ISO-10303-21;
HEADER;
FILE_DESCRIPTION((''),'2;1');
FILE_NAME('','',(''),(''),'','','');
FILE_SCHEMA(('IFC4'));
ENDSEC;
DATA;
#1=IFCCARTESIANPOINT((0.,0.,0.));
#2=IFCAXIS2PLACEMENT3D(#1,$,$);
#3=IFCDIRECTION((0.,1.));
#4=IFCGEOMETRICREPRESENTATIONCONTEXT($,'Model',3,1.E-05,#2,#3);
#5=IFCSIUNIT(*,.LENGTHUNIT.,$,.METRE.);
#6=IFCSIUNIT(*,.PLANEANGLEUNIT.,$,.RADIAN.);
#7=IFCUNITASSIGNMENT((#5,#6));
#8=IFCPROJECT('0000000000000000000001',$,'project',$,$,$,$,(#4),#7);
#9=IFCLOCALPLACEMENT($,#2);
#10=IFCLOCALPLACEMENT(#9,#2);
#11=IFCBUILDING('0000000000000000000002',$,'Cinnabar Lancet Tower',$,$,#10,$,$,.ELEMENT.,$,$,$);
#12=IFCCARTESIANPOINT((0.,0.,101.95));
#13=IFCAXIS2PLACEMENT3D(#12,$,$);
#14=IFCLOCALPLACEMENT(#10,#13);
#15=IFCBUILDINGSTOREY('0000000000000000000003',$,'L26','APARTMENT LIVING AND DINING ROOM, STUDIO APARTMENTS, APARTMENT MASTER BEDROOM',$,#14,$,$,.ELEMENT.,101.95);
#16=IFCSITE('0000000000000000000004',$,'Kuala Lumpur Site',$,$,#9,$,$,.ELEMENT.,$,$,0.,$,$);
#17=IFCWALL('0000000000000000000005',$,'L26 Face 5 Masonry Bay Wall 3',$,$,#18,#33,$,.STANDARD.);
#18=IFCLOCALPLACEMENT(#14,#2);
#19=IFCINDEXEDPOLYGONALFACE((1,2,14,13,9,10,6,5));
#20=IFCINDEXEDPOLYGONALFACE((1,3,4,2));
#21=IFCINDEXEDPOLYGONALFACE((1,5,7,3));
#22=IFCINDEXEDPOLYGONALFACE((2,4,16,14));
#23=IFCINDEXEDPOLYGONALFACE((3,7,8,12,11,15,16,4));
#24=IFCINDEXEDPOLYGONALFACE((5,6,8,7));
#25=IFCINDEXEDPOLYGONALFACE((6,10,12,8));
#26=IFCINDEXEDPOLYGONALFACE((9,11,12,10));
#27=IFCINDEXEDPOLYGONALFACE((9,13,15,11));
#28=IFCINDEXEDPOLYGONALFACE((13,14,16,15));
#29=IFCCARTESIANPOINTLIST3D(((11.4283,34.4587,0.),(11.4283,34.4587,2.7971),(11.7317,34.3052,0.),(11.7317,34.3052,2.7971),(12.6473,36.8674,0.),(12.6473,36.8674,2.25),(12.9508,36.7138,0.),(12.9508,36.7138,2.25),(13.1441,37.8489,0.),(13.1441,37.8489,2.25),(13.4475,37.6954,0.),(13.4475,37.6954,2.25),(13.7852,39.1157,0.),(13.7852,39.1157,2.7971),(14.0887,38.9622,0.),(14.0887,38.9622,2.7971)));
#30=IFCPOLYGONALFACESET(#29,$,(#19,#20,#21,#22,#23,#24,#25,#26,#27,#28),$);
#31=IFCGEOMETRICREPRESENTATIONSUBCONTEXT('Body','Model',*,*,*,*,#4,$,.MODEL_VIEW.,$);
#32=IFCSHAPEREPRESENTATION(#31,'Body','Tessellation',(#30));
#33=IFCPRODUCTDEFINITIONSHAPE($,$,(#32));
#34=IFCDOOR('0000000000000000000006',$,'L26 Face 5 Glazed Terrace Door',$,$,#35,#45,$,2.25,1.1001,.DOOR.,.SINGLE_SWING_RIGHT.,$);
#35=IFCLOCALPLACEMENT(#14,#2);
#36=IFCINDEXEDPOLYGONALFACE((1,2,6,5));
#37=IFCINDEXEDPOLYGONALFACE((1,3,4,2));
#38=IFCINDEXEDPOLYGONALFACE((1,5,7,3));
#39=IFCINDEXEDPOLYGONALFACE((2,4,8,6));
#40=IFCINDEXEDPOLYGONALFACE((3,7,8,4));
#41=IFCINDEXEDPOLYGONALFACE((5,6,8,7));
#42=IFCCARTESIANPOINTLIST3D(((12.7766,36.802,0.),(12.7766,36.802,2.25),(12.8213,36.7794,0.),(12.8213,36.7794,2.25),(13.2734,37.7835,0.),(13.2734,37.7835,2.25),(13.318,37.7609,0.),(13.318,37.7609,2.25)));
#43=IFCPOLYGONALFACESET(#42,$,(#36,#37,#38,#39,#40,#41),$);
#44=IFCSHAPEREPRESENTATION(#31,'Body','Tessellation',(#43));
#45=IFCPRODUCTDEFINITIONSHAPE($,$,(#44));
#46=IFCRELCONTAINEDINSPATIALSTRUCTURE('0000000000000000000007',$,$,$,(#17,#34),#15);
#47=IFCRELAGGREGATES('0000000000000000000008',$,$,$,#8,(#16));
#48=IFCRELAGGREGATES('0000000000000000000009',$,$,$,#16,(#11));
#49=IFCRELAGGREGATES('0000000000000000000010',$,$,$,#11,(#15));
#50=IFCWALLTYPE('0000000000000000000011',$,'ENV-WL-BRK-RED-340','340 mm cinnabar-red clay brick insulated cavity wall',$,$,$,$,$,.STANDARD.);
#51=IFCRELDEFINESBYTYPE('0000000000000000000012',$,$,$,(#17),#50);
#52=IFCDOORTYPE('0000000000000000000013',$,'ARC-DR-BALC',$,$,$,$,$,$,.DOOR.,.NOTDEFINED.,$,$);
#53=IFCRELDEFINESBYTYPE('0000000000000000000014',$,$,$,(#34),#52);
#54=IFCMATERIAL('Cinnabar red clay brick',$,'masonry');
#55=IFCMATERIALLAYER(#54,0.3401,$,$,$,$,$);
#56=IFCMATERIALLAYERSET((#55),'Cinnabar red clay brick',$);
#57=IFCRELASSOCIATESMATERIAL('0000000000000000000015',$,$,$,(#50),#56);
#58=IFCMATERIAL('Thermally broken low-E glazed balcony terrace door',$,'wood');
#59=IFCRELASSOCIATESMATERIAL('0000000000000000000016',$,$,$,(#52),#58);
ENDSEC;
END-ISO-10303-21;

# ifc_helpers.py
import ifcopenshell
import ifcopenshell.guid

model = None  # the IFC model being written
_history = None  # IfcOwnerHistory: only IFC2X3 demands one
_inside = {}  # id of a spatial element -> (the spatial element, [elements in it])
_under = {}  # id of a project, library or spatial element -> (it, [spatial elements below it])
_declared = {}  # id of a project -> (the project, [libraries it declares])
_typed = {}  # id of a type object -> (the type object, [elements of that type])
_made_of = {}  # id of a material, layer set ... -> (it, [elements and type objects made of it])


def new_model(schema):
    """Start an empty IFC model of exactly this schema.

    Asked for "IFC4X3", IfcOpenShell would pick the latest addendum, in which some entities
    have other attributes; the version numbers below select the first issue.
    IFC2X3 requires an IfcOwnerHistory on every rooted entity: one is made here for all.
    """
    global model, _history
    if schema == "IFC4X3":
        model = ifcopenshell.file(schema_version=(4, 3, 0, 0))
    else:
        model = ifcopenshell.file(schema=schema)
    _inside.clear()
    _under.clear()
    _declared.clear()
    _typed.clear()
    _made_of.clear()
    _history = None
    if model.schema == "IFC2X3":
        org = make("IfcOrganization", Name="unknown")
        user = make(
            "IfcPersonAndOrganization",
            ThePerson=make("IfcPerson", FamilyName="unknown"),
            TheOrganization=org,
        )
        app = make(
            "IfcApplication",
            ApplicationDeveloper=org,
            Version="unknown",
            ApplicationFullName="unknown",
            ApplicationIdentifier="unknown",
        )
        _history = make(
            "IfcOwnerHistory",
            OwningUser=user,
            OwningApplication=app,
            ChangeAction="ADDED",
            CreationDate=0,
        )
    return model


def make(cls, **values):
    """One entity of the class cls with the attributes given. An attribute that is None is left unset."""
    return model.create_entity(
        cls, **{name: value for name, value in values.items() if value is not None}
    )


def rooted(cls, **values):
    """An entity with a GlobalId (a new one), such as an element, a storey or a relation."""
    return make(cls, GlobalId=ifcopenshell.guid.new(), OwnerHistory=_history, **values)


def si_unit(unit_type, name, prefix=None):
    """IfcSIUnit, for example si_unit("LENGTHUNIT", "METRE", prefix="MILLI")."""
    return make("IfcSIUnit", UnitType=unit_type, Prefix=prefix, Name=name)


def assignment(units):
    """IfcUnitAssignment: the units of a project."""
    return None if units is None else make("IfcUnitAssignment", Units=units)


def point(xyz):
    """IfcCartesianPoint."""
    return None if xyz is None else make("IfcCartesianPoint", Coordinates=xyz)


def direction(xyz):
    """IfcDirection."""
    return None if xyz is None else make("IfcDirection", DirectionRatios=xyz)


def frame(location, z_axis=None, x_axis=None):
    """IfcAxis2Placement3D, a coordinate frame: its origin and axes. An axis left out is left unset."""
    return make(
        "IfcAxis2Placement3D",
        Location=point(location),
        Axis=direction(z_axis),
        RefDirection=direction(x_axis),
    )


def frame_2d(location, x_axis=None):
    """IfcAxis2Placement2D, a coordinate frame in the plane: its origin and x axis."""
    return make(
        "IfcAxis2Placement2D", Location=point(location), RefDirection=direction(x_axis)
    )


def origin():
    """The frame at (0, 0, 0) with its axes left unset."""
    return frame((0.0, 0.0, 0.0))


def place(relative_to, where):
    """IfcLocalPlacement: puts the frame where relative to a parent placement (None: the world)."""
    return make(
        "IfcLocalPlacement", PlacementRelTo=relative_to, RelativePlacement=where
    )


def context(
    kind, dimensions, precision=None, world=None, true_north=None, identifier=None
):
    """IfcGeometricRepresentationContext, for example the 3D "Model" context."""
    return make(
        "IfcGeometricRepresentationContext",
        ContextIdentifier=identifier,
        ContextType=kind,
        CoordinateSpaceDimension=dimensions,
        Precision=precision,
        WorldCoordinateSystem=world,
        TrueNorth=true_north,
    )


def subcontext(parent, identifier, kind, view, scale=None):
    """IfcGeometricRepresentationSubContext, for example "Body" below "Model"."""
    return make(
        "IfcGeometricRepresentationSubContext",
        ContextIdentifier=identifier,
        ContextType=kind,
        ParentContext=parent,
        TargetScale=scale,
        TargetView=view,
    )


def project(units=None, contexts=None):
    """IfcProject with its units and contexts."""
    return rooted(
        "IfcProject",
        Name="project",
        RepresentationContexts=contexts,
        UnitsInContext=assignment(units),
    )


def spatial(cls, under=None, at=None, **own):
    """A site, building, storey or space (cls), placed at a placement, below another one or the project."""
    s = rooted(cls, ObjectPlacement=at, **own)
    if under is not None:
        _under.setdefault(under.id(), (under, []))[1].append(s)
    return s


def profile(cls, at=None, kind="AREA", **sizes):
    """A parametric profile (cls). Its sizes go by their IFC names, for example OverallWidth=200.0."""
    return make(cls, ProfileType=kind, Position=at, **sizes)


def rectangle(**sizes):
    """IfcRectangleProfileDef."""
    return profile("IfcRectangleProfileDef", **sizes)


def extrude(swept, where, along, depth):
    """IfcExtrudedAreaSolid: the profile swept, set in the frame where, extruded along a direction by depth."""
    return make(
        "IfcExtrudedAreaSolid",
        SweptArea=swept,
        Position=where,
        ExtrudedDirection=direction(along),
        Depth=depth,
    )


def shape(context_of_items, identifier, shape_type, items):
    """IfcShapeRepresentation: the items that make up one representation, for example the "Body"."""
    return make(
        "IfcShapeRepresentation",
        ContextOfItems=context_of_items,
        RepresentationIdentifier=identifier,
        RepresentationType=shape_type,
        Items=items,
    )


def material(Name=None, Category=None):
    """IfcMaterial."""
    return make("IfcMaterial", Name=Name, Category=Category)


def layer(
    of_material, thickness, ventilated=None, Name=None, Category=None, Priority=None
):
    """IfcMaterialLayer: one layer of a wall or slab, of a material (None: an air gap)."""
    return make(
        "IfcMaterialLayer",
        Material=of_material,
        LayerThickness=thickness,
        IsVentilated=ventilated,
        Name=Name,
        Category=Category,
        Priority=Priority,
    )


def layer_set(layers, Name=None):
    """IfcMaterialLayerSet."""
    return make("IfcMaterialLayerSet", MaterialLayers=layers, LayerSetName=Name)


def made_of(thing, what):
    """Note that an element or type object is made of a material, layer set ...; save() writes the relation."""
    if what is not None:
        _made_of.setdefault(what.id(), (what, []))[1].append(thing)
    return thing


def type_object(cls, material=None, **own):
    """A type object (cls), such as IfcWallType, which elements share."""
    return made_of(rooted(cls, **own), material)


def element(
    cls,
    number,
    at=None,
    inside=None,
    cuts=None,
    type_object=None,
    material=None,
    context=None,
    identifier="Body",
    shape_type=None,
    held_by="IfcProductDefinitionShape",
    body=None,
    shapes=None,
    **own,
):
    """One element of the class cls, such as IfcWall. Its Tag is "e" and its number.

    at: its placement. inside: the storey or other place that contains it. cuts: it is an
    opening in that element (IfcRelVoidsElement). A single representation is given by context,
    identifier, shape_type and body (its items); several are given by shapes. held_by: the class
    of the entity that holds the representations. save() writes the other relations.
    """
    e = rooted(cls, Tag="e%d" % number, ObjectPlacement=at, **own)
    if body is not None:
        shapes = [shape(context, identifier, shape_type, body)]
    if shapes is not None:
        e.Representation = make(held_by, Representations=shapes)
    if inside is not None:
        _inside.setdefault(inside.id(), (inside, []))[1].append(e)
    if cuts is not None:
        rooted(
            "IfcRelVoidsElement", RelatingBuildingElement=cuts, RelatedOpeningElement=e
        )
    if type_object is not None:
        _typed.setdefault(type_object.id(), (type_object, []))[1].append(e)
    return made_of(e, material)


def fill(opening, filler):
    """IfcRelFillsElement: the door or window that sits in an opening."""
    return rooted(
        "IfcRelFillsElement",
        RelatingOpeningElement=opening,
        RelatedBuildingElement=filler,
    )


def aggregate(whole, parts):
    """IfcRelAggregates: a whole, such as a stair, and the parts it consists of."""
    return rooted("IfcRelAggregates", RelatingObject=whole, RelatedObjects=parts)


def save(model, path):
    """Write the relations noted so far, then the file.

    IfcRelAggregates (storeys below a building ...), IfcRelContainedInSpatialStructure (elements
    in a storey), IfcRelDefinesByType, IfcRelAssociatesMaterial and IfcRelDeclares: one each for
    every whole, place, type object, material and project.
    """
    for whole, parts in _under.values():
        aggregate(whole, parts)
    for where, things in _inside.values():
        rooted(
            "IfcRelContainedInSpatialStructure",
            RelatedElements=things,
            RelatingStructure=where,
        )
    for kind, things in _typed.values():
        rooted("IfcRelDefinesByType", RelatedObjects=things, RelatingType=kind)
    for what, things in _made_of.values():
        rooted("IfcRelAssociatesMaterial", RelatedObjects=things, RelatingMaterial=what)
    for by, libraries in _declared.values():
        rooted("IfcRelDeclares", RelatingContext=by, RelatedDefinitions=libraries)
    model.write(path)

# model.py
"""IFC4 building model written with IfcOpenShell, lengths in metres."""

from ifc_helpers import new_model, si_unit, direction, frame, frame_2d, origin, place, context, subcontext, project, spatial, rectangle, extrude, material, layer, layer_set, type_object, element, fill, save


model = new_model("IFC4")

# Units and contexts
model_context = context("Model", 3, precision=1e-05, world=origin(), true_north=direction((0.0, 1.0)))
body_context = subcontext(model_context, "Body", "Model", "MODEL_VIEW")
ifc_project = project(units=[si_unit("LENGTHUNIT", "METRE"), si_unit("PLANEANGLEUNIT", "RADIAN")], contexts=[model_context])

# Site, building, storey
site_placement = place(None, origin())
site = spatial("IfcSite", under=ifc_project, at=site_placement, Name="Kuala Lumpur Site", CompositionType="ELEMENT", RefElevation=0.0)
building_placement = place(site_placement, origin())
building = spatial("IfcBuilding", under=site, at=building_placement, Name="Cinnabar Lancet Tower", CompositionType="ELEMENT")
storey_placement = place(building_placement, frame((0.0, 0.0, 101.95)))
storey = spatial("IfcBuildingStorey", under=building, at=storey_placement, Name="L26", Description="APARTMENT LIVING AND DINING ROOM, STUDIO APARTMENTS, APARTMENT MASTER BEDROOM", CompositionType="ELEMENT", Elevation=101.95)

# Shared definitions
ifc_material_1 = material(Name="Cinnabar red clay brick", Category="masonry")
ifc_layer_1 = layer(ifc_material_1, 0.3401)
ifc_layer_set_1 = layer_set([ifc_layer_1], Name="Cinnabar red clay brick")
wall_type_1 = type_object("IfcWallType", Name="ENV-WL-BRK-RED-340", Description="340 mm cinnabar-red clay brick insulated cavity wall", PredefinedType="STANDARD", material=ifc_layer_set_1)

# Wall, opening, door
wall_1_placement = place(storey_placement, frame((13.937, 39.0391, 0.0), z_axis=(0.0, 0.0, 1.0), x_axis=(-0.451568, -0.892237, 0.0)))
wall_1 = element("IfcWall", 1, at=wall_1_placement, inside=storey, type_object=wall_type_1, Name="L26 Face 5 Masonry Bay Wall 3", PredefinedType="STANDARD", context=body_context, shape_type="SweptSolid", body=[
    extrude(rectangle(XDim=5.2195, YDim=0.3401, at=frame_2d((2.6099, 0.0))), origin(), (0.0, 0.0, 1.0), 2.7971),
])
opening_1_placement = place(wall_1_placement, frame((1.4199, 0.0, 0.0)))
opening_1 = element("IfcOpeningElement", 2, at=opening_1_placement, cuts=wall_1, PredefinedType="OPENING", context=body_context, shape_type="SweptSolid", body=[
    extrude(rectangle(XDim=1.1001, YDim=2.25, at=frame_2d((0.55, 1.125))), frame((0.0, 0.1799, 0.0), z_axis=(0.0, -1.0, 0.0), x_axis=(1.0, 0.0, 0.0)), (0.0, 0.0, 1.0), 0.3601),
])
ifc_material_2 = material(Name="Thermally broken low-E glazed balcony terrace door", Category="wood")
door_type = type_object("IfcDoorType", Name="ARC-DR-BALC", OperationType="NOTDEFINED", PredefinedType="DOOR", material=ifc_material_2)
door_placement = place(opening_1_placement, origin())
door = element("IfcDoor", 3, at=door_placement, inside=storey, type_object=door_type, Name="L26 Face 5 Glazed Terrace Door", OperationType="SINGLE_SWING_RIGHT", OverallHeight=2.25, OverallWidth=1.1001, PredefinedType="DOOR", context=body_context, shape_type="SweptSolid", body=[
    extrude(rectangle(XDim=1.1001, YDim=2.25, at=frame_2d((0.55, 1.125))), frame((0.0, 0.0249, 0.0), z_axis=(0.0, -1.0, 0.0), x_axis=(1.0, 0.0, 0.0)), (0.0, 0.0, 1.0), 0.05),
])
fill(opening_1, door)

save(model, "model.ifc")
